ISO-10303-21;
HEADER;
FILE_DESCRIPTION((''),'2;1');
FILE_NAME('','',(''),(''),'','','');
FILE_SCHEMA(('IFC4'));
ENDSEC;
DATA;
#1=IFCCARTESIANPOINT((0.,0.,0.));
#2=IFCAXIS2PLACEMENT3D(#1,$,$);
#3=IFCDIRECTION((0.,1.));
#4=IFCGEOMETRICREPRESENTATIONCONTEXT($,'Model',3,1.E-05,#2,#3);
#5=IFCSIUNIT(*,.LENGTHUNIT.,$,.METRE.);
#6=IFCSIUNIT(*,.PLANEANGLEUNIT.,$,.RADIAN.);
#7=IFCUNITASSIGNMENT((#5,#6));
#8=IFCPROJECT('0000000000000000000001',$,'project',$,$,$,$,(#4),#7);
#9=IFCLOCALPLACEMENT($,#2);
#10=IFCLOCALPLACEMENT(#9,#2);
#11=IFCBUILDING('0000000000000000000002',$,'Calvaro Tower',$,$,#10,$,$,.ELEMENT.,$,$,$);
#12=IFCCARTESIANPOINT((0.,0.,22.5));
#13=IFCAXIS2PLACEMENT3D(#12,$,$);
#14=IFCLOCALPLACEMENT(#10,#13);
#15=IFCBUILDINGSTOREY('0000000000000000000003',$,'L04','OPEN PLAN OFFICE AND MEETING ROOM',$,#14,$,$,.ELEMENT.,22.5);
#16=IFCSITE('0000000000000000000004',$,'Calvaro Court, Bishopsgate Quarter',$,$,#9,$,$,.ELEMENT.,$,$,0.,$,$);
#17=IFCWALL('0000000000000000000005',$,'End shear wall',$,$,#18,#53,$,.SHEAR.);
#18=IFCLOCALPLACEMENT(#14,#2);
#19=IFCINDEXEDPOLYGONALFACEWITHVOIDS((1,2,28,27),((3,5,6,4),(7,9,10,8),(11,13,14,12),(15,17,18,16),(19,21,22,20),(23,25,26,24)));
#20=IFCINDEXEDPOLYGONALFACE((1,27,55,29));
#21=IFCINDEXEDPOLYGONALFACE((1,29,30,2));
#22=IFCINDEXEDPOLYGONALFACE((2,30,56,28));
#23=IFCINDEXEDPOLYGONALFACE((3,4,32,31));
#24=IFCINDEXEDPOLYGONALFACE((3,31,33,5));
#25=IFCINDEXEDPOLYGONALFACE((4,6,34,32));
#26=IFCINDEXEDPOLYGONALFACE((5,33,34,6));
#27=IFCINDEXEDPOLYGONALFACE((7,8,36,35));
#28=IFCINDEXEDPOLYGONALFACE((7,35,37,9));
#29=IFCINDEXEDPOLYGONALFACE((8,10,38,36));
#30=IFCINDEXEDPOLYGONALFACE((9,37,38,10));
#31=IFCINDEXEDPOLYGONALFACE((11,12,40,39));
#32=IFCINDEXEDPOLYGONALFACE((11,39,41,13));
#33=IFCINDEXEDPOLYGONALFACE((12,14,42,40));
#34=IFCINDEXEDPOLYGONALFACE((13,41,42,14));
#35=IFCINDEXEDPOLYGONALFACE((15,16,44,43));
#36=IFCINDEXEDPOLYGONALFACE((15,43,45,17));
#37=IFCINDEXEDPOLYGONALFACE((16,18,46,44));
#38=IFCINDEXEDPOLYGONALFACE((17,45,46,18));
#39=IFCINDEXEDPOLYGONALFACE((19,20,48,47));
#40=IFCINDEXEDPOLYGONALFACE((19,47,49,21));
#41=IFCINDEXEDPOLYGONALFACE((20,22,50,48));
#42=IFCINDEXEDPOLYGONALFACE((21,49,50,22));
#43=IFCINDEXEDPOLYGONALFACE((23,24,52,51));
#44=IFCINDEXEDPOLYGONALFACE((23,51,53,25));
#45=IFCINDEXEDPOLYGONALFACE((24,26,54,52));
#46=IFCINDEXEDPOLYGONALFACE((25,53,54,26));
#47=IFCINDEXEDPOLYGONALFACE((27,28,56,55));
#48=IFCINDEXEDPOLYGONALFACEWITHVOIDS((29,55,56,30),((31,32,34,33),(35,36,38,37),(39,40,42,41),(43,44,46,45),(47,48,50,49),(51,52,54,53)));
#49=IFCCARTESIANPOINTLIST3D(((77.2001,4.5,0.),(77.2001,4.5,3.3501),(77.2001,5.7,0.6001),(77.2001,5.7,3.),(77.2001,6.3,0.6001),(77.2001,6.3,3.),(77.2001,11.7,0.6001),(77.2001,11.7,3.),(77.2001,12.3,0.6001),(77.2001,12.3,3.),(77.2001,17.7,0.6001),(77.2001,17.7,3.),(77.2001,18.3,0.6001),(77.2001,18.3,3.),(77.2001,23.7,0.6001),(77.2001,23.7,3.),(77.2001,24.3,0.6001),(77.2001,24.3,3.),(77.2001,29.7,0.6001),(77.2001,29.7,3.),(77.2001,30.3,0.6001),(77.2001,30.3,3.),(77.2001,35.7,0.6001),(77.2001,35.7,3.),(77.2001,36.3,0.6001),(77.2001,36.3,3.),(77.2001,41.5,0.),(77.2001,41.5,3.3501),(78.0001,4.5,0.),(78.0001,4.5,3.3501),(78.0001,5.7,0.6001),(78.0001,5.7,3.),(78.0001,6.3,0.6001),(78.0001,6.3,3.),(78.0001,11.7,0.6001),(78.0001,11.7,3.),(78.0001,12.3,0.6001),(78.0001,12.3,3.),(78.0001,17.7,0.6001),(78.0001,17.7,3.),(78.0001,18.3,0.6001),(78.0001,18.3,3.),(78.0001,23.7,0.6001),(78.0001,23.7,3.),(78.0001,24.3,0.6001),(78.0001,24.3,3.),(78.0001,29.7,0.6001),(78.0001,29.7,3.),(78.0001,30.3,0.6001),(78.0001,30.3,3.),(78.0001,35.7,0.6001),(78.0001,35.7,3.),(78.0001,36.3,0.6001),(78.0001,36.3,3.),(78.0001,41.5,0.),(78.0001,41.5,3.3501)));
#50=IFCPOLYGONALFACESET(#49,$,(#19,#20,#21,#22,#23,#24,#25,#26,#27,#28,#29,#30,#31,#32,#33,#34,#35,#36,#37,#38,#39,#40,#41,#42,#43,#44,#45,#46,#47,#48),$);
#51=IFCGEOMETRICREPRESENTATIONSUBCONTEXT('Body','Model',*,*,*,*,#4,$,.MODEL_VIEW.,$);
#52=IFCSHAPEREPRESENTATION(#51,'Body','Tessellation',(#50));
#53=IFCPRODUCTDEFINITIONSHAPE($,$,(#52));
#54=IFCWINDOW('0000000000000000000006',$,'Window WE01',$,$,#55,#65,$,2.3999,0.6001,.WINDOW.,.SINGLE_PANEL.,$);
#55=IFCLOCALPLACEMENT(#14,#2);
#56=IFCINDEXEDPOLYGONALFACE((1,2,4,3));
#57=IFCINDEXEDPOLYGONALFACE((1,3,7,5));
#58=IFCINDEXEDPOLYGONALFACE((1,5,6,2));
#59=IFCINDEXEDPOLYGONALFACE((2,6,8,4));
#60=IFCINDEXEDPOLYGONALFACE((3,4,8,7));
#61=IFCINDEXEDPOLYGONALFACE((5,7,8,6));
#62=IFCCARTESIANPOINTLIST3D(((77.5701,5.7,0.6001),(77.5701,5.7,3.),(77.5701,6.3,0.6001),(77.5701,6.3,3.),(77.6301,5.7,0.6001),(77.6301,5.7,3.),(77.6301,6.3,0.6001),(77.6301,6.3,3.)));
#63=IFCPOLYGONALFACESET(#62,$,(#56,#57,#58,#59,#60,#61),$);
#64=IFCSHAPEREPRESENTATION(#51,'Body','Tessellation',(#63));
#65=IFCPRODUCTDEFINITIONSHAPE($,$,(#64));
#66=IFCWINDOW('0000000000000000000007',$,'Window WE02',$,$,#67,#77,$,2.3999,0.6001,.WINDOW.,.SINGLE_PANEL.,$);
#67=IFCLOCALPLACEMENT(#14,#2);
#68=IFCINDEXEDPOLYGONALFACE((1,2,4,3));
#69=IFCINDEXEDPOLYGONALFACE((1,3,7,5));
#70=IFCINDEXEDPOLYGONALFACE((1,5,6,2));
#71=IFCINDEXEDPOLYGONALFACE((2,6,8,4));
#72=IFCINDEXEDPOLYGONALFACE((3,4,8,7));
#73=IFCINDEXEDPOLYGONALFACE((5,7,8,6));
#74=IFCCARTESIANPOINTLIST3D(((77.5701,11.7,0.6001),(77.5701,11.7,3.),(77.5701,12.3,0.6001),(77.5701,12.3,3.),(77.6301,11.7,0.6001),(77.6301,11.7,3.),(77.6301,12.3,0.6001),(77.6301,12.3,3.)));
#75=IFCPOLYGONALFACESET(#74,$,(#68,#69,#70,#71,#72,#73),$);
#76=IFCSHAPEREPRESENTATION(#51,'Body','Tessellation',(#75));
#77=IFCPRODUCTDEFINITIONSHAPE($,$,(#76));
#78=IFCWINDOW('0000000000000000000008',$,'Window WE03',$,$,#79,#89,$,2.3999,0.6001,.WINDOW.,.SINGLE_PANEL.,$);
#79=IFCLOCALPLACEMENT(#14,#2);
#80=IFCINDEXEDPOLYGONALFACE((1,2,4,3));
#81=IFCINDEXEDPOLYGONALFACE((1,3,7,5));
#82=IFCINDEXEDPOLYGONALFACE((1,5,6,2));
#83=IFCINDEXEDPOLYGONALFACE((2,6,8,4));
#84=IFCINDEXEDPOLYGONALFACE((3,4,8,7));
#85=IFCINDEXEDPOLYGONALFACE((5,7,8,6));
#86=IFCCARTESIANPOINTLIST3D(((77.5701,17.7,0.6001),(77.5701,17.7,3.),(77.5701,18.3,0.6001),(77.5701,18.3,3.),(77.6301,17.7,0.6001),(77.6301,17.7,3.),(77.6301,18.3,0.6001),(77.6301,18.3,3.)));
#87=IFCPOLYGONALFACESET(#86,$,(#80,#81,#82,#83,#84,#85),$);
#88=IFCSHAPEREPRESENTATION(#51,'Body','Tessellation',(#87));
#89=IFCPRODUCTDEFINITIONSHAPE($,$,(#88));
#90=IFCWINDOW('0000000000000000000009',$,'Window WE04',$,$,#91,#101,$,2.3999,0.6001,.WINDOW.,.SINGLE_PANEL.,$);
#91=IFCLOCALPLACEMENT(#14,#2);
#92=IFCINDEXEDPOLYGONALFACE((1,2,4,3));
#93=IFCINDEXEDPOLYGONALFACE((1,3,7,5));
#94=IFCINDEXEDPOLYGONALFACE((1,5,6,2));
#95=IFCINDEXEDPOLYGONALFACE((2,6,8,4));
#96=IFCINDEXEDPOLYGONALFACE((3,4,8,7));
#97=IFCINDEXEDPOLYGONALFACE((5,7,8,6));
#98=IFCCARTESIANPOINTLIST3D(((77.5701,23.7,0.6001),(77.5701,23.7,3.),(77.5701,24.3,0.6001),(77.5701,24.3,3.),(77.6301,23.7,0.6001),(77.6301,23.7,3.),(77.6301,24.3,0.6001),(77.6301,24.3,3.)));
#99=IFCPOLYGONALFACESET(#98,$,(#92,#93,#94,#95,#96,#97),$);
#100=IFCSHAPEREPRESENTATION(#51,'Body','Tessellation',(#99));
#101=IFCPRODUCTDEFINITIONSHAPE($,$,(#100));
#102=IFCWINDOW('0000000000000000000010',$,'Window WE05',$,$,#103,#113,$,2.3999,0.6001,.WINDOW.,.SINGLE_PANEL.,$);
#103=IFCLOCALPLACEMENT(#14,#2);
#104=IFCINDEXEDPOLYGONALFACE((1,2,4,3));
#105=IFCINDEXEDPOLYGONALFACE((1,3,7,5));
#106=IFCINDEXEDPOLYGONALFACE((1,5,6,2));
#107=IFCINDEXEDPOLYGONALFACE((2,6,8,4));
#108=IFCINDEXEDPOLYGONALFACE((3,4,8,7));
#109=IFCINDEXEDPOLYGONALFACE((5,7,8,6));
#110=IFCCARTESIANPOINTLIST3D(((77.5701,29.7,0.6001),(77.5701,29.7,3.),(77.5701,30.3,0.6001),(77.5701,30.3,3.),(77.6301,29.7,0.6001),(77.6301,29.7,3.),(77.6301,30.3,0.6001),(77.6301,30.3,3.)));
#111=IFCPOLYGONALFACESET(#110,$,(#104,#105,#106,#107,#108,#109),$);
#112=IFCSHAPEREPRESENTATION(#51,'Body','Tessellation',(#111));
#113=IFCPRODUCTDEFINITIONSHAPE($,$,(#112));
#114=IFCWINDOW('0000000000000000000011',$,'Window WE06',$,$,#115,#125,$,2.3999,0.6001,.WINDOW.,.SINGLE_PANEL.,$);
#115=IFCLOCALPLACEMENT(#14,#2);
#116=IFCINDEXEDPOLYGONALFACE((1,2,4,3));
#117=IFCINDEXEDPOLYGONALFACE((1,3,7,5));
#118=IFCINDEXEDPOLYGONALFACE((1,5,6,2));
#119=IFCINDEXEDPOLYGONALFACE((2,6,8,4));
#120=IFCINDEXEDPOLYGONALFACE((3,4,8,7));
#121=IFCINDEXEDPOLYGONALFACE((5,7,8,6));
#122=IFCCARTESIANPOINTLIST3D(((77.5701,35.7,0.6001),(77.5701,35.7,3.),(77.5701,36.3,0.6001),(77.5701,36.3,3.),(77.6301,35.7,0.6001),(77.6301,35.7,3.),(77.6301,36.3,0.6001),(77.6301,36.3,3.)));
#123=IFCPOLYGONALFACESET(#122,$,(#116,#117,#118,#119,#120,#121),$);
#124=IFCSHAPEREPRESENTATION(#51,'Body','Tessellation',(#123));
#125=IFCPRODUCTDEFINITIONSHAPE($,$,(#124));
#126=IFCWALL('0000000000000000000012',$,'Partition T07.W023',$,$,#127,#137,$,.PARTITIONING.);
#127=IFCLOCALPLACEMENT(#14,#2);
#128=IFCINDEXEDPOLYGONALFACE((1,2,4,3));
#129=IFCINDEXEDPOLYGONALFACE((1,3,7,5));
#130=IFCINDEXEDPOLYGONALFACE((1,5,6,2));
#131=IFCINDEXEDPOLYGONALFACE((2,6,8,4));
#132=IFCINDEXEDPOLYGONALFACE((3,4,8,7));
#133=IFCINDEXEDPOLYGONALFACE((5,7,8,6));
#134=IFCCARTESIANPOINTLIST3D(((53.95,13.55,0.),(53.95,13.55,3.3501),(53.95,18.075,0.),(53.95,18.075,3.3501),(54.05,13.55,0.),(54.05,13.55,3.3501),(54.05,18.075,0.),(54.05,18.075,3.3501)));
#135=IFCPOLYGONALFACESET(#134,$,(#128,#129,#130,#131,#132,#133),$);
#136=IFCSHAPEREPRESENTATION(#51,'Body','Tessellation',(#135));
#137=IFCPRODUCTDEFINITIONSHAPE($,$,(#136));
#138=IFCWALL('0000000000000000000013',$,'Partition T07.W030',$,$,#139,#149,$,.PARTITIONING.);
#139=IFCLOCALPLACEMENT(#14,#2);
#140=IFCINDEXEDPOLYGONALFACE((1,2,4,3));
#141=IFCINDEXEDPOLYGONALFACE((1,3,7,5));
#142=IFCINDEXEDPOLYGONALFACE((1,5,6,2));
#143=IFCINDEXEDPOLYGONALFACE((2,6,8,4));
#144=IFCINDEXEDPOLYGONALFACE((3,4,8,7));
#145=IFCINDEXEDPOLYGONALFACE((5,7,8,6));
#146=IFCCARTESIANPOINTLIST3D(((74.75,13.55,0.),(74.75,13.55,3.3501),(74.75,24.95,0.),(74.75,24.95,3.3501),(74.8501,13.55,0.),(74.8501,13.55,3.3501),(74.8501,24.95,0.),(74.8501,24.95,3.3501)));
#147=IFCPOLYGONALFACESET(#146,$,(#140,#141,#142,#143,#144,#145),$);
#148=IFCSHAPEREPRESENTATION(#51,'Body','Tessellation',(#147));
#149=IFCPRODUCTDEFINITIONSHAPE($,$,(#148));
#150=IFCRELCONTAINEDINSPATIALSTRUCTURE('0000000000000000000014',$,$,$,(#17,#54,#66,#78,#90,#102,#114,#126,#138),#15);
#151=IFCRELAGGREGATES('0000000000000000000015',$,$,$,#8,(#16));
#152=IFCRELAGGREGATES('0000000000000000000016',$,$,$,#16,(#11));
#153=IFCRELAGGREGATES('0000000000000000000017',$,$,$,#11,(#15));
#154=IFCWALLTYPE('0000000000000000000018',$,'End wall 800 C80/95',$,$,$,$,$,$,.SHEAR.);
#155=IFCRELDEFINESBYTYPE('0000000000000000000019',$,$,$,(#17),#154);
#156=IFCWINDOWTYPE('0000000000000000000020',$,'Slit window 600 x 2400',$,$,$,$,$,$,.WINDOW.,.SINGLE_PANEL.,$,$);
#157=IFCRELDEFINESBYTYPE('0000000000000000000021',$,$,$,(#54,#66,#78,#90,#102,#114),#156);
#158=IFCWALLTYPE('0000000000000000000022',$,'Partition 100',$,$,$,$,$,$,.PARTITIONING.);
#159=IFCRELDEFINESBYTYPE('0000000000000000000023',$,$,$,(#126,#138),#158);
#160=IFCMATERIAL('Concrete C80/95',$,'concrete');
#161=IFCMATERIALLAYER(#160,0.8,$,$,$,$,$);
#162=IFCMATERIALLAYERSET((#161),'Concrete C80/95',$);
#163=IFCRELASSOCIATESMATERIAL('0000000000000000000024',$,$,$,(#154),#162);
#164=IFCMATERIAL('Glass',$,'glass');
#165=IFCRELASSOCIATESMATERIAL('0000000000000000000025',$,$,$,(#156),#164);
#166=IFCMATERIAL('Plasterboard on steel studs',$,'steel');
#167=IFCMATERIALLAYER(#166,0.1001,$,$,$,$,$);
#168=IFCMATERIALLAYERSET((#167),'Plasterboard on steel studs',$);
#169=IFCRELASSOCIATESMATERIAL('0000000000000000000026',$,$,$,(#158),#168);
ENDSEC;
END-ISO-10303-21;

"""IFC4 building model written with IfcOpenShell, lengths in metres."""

from ifc_helpers import new_model, si_unit, direction, frame, frame_2d, origin, place, context, subcontext, project, spatial, rectangle, extrude, material, layer, layer_set, type_object, element, fill, save


model = new_model("IFC4")

# Units and contexts
model_context = context("Model", 3, precision=1e-05, world=origin(), true_north=direction((0.0, 1.0)))
body_context = subcontext(model_context, "Body", "Model", "MODEL_VIEW")
ifc_project = project(units=[si_unit("LENGTHUNIT", "METRE"), si_unit("PLANEANGLEUNIT", "RADIAN")], contexts=[model_context])

# Site, building, storey
site_placement = place(None, origin())
site = spatial("IfcSite", under=ifc_project, at=site_placement, Name="Calvaro Court, Bishopsgate Quarter", CompositionType="ELEMENT", RefElevation=0.0)
building_placement = place(site_placement, origin())
building = spatial("IfcBuilding", under=site, at=building_placement, Name="Calvaro Tower", CompositionType="ELEMENT")
storey_placement = place(building_placement, frame((0.0, 0.0, 22.5)))
storey = spatial("IfcBuildingStorey", under=building, at=storey_placement, Name="L04", Description="OPEN PLAN OFFICE AND MEETING ROOM", CompositionType="ELEMENT", Elevation=22.5)

# Wall, openings, windows
ifc_material_1 = material(Name="Concrete C80/95", Category="concrete")
ifc_layer_1 = layer(ifc_material_1, 0.8)
ifc_layer_set_1 = layer_set([ifc_layer_1], Name="Concrete C80/95")
wall_type_1 = type_object("IfcWallType", Name="End wall 800 C80/95", PredefinedType="SHEAR", material=ifc_layer_set_1)
wall_1_placement = place(storey_placement, frame((77.6001, 4.5, 0.0), z_axis=(0.0, 0.0, 1.0), x_axis=(0.0, 1.0, 0.0)))
wall_1 = element("IfcWall", 1, at=wall_1_placement, inside=storey, type_object=wall_type_1, Name="End shear wall", PredefinedType="SHEAR", context=body_context, shape_type="SweptSolid", body=[
    extrude(rectangle(XDim=37.0, YDim=0.8, at=frame_2d((18.5, 0.0))), origin(), (0.0, 0.0, 1.0), 3.3501),
])
opening_1_placement = place(wall_1_placement, frame((1.2, 0.0, 0.6001)))
opening_1 = element("IfcOpeningElement", 2, at=opening_1_placement, cuts=wall_1, PredefinedType="OPENING", context=body_context, shape_type="SweptSolid", body=[
    extrude(rectangle(XDim=0.6001, YDim=2.3999, at=frame_2d((0.3, 1.2))), frame((0.0, 0.4099, 0.0), z_axis=(0.0, -1.0, 0.0), x_axis=(1.0, 0.0, 0.0)), (0.0, 0.0, 1.0), 0.8201),
])
opening_2_placement = place(wall_1_placement, frame((7.2, 0.0, 0.6001)))
opening_2 = element("IfcOpeningElement", 3, at=opening_2_placement, cuts=wall_1, PredefinedType="OPENING", context=body_context, shape_type="SweptSolid", body=[
    extrude(rectangle(XDim=0.6001, YDim=2.3999, at=frame_2d((0.3, 1.2))), frame((0.0, 0.4099, 0.0), z_axis=(0.0, -1.0, 0.0), x_axis=(1.0, 0.0, 0.0)), (0.0, 0.0, 1.0), 0.8201),
])
opening_3_placement = place(wall_1_placement, frame((13.2, 0.0, 0.6001)))
opening_3 = element("IfcOpeningElement", 4, at=opening_3_placement, cuts=wall_1, PredefinedType="OPENING", context=body_context, shape_type="SweptSolid", body=[
    extrude(rectangle(XDim=0.6001, YDim=2.3999, at=frame_2d((0.3, 1.2))), frame((0.0, 0.4099, 0.0), z_axis=(0.0, -1.0, 0.0), x_axis=(1.0, 0.0, 0.0)), (0.0, 0.0, 1.0), 0.8201),
])
opening_4_placement = place(wall_1_placement, frame((19.2, 0.0, 0.6001)))
opening_4 = element("IfcOpeningElement", 5, at=opening_4_placement, cuts=wall_1, PredefinedType="OPENING", context=body_context, shape_type="SweptSolid", body=[
    extrude(rectangle(XDim=0.6001, YDim=2.3999, at=frame_2d((0.3, 1.2))), frame((0.0, 0.4099, 0.0), z_axis=(0.0, -1.0, 0.0), x_axis=(1.0, 0.0, 0.0)), (0.0, 0.0, 1.0), 0.8201),
])
opening_5_placement = place(wall_1_placement, frame((25.2, 0.0, 0.6001)))
opening_5 = element("IfcOpeningElement", 6, at=opening_5_placement, cuts=wall_1, PredefinedType="OPENING", context=body_context, shape_type="SweptSolid", body=[
    extrude(rectangle(XDim=0.6001, YDim=2.3999, at=frame_2d((0.3, 1.2))), frame((0.0, 0.4099, 0.0), z_axis=(0.0, -1.0, 0.0), x_axis=(1.0, 0.0, 0.0)), (0.0, 0.0, 1.0), 0.8201),
])
opening_6_placement = place(wall_1_placement, frame((31.2, 0.0, 0.6001)))
opening_6 = element("IfcOpeningElement", 7, at=opening_6_placement, cuts=wall_1, PredefinedType="OPENING", context=body_context, shape_type="SweptSolid", body=[
    extrude(rectangle(XDim=0.6001, YDim=2.3999, at=frame_2d((0.3, 1.2))), frame((0.0, 0.4099, 0.0), z_axis=(0.0, -1.0, 0.0), x_axis=(1.0, 0.0, 0.0)), (0.0, 0.0, 1.0), 0.8201),
])
ifc_material_2 = material(Name="Glass", Category="glass")
window_type = type_object("IfcWindowType", Name="Slit window 600 x 2400", PartitioningType="SINGLE_PANEL", PredefinedType="WINDOW", material=ifc_material_2)
window_1_placement = place(opening_1_placement, origin())
window_1 = element("IfcWindow", 8, at=window_1_placement, inside=storey, type_object=window_type, Name="Window WE01", OverallHeight=2.3999, OverallWidth=0.6001, PartitioningType="SINGLE_PANEL", PredefinedType="WINDOW", context=body_context, shape_type="SweptSolid", body=[
    extrude(rectangle(XDim=0.6001, YDim=2.3999, at=frame_2d((0.3, 1.2))), frame((0.0, 0.03, 0.0), z_axis=(0.0, -1.0, 0.0), x_axis=(1.0, 0.0, 0.0)), (0.0, 0.0, 1.0), 0.0601),
])
fill(opening_1, window_1)
window_2_placement = place(opening_2_placement, origin())
window_2 = element("IfcWindow", 9, at=window_2_placement, inside=storey, type_object=window_type, Name="Window WE02", OverallHeight=2.3999, OverallWidth=0.6001, PartitioningType="SINGLE_PANEL", PredefinedType="WINDOW", context=body_context, shape_type="SweptSolid", body=[
    extrude(rectangle(XDim=0.6001, YDim=2.3999, at=frame_2d((0.3, 1.2))), frame((0.0, 0.03, 0.0), z_axis=(0.0, -1.0, 0.0), x_axis=(1.0, 0.0, 0.0)), (0.0, 0.0, 1.0), 0.0601),
])
fill(opening_2, window_2)
window_3_placement = place(opening_3_placement, origin())
window_3 = element("IfcWindow", 10, at=window_3_placement, inside=storey, type_object=window_type, Name="Window WE03", OverallHeight=2.3999, OverallWidth=0.6001, PartitioningType="SINGLE_PANEL", PredefinedType="WINDOW", context=body_context, shape_type="SweptSolid", body=[
    extrude(rectangle(XDim=0.6001, YDim=2.3999, at=frame_2d((0.3, 1.2))), frame((0.0, 0.03, 0.0), z_axis=(0.0, -1.0, 0.0), x_axis=(1.0, 0.0, 0.0)), (0.0, 0.0, 1.0), 0.0601),
])
fill(opening_3, window_3)
window_4_placement = place(opening_4_placement, origin())
window_4 = element("IfcWindow", 11, at=window_4_placement, inside=storey, type_object=window_type, Name="Window WE04", OverallHeight=2.3999, OverallWidth=0.6001, PartitioningType="SINGLE_PANEL", PredefinedType="WINDOW", context=body_context, shape_type="SweptSolid", body=[
    extrude(rectangle(XDim=0.6001, YDim=2.3999, at=frame_2d((0.3, 1.2))), frame((0.0, 0.03, 0.0), z_axis=(0.0, -1.0, 0.0), x_axis=(1.0, 0.0, 0.0)), (0.0, 0.0, 1.0), 0.0601),
])
fill(opening_4, window_4)
window_5_placement = place(opening_5_placement, origin())
window_5 = element("IfcWindow", 12, at=window_5_placement, inside=storey, type_object=window_type, Name="Window WE05", OverallHeight=2.3999, OverallWidth=0.6001, PartitioningType="SINGLE_PANEL", PredefinedType="WINDOW", context=body_context, shape_type="SweptSolid", body=[
    extrude(rectangle(XDim=0.6001, YDim=2.3999, at=frame_2d((0.3, 1.2))), frame((0.0, 0.03, 0.0), z_axis=(0.0, -1.0, 0.0), x_axis=(1.0, 0.0, 0.0)), (0.0, 0.0, 1.0), 0.0601),
])
fill(opening_5, window_5)
window_6_placement = place(opening_6_placement, origin())
window_6 = element("IfcWindow", 13, at=window_6_placement, inside=storey, type_object=window_type, Name="Window WE06", OverallHeight=2.3999, OverallWidth=0.6001, PartitioningType="SINGLE_PANEL", PredefinedType="WINDOW", context=body_context, shape_type="SweptSolid", body=[
    extrude(rectangle(XDim=0.6001, YDim=2.3999, at=frame_2d((0.3, 1.2))), frame((0.0, 0.03, 0.0), z_axis=(0.0, -1.0, 0.0), x_axis=(1.0, 0.0, 0.0)), (0.0, 0.0, 1.0), 0.0601),
])
fill(opening_6, window_6)

# Walls
ifc_material_3 = material(Name="Plasterboard on steel studs", Category="steel")
ifc_layer_2 = layer(ifc_material_3, 0.1001)
ifc_layer_set_2 = layer_set([ifc_layer_2], Name="Plasterboard on steel studs")
wall_type_2 = type_object("IfcWallType", Name="Partition 100", PredefinedType="PARTITIONING", material=ifc_layer_set_2)
wall_2_placement = place(storey_placement, frame((54.0, 13.55, 0.0), z_axis=(0.0, 0.0, 1.0), x_axis=(0.0, 1.0, 0.0)))
element("IfcWall", 14, at=wall_2_placement, inside=storey, type_object=wall_type_2, Name="Partition T07.W023", PredefinedType="PARTITIONING", context=body_context, shape_type="SweptSolid", body=[
    extrude(rectangle(XDim=4.5249, YDim=0.1001, at=frame_2d((2.2625, 0.0))), origin(), (0.0, 0.0, 1.0), 3.3501),
])
wall_3_placement = place(storey_placement, frame((74.8, 13.55, 0.0), z_axis=(0.0, 0.0, 1.0), x_axis=(0.0, 1.0, 0.0)))
element("IfcWall", 15, at=wall_3_placement, inside=storey, type_object=wall_type_2, Name="Partition T07.W030", PredefinedType="PARTITIONING", context=body_context, shape_type="SweptSolid", body=[
    extrude(rectangle(XDim=11.3999, YDim=0.1001, at=frame_2d((5.7, 0.0))), origin(), (0.0, 0.0, 1.0), 3.3501),
])

save(model, "model.ifc")
